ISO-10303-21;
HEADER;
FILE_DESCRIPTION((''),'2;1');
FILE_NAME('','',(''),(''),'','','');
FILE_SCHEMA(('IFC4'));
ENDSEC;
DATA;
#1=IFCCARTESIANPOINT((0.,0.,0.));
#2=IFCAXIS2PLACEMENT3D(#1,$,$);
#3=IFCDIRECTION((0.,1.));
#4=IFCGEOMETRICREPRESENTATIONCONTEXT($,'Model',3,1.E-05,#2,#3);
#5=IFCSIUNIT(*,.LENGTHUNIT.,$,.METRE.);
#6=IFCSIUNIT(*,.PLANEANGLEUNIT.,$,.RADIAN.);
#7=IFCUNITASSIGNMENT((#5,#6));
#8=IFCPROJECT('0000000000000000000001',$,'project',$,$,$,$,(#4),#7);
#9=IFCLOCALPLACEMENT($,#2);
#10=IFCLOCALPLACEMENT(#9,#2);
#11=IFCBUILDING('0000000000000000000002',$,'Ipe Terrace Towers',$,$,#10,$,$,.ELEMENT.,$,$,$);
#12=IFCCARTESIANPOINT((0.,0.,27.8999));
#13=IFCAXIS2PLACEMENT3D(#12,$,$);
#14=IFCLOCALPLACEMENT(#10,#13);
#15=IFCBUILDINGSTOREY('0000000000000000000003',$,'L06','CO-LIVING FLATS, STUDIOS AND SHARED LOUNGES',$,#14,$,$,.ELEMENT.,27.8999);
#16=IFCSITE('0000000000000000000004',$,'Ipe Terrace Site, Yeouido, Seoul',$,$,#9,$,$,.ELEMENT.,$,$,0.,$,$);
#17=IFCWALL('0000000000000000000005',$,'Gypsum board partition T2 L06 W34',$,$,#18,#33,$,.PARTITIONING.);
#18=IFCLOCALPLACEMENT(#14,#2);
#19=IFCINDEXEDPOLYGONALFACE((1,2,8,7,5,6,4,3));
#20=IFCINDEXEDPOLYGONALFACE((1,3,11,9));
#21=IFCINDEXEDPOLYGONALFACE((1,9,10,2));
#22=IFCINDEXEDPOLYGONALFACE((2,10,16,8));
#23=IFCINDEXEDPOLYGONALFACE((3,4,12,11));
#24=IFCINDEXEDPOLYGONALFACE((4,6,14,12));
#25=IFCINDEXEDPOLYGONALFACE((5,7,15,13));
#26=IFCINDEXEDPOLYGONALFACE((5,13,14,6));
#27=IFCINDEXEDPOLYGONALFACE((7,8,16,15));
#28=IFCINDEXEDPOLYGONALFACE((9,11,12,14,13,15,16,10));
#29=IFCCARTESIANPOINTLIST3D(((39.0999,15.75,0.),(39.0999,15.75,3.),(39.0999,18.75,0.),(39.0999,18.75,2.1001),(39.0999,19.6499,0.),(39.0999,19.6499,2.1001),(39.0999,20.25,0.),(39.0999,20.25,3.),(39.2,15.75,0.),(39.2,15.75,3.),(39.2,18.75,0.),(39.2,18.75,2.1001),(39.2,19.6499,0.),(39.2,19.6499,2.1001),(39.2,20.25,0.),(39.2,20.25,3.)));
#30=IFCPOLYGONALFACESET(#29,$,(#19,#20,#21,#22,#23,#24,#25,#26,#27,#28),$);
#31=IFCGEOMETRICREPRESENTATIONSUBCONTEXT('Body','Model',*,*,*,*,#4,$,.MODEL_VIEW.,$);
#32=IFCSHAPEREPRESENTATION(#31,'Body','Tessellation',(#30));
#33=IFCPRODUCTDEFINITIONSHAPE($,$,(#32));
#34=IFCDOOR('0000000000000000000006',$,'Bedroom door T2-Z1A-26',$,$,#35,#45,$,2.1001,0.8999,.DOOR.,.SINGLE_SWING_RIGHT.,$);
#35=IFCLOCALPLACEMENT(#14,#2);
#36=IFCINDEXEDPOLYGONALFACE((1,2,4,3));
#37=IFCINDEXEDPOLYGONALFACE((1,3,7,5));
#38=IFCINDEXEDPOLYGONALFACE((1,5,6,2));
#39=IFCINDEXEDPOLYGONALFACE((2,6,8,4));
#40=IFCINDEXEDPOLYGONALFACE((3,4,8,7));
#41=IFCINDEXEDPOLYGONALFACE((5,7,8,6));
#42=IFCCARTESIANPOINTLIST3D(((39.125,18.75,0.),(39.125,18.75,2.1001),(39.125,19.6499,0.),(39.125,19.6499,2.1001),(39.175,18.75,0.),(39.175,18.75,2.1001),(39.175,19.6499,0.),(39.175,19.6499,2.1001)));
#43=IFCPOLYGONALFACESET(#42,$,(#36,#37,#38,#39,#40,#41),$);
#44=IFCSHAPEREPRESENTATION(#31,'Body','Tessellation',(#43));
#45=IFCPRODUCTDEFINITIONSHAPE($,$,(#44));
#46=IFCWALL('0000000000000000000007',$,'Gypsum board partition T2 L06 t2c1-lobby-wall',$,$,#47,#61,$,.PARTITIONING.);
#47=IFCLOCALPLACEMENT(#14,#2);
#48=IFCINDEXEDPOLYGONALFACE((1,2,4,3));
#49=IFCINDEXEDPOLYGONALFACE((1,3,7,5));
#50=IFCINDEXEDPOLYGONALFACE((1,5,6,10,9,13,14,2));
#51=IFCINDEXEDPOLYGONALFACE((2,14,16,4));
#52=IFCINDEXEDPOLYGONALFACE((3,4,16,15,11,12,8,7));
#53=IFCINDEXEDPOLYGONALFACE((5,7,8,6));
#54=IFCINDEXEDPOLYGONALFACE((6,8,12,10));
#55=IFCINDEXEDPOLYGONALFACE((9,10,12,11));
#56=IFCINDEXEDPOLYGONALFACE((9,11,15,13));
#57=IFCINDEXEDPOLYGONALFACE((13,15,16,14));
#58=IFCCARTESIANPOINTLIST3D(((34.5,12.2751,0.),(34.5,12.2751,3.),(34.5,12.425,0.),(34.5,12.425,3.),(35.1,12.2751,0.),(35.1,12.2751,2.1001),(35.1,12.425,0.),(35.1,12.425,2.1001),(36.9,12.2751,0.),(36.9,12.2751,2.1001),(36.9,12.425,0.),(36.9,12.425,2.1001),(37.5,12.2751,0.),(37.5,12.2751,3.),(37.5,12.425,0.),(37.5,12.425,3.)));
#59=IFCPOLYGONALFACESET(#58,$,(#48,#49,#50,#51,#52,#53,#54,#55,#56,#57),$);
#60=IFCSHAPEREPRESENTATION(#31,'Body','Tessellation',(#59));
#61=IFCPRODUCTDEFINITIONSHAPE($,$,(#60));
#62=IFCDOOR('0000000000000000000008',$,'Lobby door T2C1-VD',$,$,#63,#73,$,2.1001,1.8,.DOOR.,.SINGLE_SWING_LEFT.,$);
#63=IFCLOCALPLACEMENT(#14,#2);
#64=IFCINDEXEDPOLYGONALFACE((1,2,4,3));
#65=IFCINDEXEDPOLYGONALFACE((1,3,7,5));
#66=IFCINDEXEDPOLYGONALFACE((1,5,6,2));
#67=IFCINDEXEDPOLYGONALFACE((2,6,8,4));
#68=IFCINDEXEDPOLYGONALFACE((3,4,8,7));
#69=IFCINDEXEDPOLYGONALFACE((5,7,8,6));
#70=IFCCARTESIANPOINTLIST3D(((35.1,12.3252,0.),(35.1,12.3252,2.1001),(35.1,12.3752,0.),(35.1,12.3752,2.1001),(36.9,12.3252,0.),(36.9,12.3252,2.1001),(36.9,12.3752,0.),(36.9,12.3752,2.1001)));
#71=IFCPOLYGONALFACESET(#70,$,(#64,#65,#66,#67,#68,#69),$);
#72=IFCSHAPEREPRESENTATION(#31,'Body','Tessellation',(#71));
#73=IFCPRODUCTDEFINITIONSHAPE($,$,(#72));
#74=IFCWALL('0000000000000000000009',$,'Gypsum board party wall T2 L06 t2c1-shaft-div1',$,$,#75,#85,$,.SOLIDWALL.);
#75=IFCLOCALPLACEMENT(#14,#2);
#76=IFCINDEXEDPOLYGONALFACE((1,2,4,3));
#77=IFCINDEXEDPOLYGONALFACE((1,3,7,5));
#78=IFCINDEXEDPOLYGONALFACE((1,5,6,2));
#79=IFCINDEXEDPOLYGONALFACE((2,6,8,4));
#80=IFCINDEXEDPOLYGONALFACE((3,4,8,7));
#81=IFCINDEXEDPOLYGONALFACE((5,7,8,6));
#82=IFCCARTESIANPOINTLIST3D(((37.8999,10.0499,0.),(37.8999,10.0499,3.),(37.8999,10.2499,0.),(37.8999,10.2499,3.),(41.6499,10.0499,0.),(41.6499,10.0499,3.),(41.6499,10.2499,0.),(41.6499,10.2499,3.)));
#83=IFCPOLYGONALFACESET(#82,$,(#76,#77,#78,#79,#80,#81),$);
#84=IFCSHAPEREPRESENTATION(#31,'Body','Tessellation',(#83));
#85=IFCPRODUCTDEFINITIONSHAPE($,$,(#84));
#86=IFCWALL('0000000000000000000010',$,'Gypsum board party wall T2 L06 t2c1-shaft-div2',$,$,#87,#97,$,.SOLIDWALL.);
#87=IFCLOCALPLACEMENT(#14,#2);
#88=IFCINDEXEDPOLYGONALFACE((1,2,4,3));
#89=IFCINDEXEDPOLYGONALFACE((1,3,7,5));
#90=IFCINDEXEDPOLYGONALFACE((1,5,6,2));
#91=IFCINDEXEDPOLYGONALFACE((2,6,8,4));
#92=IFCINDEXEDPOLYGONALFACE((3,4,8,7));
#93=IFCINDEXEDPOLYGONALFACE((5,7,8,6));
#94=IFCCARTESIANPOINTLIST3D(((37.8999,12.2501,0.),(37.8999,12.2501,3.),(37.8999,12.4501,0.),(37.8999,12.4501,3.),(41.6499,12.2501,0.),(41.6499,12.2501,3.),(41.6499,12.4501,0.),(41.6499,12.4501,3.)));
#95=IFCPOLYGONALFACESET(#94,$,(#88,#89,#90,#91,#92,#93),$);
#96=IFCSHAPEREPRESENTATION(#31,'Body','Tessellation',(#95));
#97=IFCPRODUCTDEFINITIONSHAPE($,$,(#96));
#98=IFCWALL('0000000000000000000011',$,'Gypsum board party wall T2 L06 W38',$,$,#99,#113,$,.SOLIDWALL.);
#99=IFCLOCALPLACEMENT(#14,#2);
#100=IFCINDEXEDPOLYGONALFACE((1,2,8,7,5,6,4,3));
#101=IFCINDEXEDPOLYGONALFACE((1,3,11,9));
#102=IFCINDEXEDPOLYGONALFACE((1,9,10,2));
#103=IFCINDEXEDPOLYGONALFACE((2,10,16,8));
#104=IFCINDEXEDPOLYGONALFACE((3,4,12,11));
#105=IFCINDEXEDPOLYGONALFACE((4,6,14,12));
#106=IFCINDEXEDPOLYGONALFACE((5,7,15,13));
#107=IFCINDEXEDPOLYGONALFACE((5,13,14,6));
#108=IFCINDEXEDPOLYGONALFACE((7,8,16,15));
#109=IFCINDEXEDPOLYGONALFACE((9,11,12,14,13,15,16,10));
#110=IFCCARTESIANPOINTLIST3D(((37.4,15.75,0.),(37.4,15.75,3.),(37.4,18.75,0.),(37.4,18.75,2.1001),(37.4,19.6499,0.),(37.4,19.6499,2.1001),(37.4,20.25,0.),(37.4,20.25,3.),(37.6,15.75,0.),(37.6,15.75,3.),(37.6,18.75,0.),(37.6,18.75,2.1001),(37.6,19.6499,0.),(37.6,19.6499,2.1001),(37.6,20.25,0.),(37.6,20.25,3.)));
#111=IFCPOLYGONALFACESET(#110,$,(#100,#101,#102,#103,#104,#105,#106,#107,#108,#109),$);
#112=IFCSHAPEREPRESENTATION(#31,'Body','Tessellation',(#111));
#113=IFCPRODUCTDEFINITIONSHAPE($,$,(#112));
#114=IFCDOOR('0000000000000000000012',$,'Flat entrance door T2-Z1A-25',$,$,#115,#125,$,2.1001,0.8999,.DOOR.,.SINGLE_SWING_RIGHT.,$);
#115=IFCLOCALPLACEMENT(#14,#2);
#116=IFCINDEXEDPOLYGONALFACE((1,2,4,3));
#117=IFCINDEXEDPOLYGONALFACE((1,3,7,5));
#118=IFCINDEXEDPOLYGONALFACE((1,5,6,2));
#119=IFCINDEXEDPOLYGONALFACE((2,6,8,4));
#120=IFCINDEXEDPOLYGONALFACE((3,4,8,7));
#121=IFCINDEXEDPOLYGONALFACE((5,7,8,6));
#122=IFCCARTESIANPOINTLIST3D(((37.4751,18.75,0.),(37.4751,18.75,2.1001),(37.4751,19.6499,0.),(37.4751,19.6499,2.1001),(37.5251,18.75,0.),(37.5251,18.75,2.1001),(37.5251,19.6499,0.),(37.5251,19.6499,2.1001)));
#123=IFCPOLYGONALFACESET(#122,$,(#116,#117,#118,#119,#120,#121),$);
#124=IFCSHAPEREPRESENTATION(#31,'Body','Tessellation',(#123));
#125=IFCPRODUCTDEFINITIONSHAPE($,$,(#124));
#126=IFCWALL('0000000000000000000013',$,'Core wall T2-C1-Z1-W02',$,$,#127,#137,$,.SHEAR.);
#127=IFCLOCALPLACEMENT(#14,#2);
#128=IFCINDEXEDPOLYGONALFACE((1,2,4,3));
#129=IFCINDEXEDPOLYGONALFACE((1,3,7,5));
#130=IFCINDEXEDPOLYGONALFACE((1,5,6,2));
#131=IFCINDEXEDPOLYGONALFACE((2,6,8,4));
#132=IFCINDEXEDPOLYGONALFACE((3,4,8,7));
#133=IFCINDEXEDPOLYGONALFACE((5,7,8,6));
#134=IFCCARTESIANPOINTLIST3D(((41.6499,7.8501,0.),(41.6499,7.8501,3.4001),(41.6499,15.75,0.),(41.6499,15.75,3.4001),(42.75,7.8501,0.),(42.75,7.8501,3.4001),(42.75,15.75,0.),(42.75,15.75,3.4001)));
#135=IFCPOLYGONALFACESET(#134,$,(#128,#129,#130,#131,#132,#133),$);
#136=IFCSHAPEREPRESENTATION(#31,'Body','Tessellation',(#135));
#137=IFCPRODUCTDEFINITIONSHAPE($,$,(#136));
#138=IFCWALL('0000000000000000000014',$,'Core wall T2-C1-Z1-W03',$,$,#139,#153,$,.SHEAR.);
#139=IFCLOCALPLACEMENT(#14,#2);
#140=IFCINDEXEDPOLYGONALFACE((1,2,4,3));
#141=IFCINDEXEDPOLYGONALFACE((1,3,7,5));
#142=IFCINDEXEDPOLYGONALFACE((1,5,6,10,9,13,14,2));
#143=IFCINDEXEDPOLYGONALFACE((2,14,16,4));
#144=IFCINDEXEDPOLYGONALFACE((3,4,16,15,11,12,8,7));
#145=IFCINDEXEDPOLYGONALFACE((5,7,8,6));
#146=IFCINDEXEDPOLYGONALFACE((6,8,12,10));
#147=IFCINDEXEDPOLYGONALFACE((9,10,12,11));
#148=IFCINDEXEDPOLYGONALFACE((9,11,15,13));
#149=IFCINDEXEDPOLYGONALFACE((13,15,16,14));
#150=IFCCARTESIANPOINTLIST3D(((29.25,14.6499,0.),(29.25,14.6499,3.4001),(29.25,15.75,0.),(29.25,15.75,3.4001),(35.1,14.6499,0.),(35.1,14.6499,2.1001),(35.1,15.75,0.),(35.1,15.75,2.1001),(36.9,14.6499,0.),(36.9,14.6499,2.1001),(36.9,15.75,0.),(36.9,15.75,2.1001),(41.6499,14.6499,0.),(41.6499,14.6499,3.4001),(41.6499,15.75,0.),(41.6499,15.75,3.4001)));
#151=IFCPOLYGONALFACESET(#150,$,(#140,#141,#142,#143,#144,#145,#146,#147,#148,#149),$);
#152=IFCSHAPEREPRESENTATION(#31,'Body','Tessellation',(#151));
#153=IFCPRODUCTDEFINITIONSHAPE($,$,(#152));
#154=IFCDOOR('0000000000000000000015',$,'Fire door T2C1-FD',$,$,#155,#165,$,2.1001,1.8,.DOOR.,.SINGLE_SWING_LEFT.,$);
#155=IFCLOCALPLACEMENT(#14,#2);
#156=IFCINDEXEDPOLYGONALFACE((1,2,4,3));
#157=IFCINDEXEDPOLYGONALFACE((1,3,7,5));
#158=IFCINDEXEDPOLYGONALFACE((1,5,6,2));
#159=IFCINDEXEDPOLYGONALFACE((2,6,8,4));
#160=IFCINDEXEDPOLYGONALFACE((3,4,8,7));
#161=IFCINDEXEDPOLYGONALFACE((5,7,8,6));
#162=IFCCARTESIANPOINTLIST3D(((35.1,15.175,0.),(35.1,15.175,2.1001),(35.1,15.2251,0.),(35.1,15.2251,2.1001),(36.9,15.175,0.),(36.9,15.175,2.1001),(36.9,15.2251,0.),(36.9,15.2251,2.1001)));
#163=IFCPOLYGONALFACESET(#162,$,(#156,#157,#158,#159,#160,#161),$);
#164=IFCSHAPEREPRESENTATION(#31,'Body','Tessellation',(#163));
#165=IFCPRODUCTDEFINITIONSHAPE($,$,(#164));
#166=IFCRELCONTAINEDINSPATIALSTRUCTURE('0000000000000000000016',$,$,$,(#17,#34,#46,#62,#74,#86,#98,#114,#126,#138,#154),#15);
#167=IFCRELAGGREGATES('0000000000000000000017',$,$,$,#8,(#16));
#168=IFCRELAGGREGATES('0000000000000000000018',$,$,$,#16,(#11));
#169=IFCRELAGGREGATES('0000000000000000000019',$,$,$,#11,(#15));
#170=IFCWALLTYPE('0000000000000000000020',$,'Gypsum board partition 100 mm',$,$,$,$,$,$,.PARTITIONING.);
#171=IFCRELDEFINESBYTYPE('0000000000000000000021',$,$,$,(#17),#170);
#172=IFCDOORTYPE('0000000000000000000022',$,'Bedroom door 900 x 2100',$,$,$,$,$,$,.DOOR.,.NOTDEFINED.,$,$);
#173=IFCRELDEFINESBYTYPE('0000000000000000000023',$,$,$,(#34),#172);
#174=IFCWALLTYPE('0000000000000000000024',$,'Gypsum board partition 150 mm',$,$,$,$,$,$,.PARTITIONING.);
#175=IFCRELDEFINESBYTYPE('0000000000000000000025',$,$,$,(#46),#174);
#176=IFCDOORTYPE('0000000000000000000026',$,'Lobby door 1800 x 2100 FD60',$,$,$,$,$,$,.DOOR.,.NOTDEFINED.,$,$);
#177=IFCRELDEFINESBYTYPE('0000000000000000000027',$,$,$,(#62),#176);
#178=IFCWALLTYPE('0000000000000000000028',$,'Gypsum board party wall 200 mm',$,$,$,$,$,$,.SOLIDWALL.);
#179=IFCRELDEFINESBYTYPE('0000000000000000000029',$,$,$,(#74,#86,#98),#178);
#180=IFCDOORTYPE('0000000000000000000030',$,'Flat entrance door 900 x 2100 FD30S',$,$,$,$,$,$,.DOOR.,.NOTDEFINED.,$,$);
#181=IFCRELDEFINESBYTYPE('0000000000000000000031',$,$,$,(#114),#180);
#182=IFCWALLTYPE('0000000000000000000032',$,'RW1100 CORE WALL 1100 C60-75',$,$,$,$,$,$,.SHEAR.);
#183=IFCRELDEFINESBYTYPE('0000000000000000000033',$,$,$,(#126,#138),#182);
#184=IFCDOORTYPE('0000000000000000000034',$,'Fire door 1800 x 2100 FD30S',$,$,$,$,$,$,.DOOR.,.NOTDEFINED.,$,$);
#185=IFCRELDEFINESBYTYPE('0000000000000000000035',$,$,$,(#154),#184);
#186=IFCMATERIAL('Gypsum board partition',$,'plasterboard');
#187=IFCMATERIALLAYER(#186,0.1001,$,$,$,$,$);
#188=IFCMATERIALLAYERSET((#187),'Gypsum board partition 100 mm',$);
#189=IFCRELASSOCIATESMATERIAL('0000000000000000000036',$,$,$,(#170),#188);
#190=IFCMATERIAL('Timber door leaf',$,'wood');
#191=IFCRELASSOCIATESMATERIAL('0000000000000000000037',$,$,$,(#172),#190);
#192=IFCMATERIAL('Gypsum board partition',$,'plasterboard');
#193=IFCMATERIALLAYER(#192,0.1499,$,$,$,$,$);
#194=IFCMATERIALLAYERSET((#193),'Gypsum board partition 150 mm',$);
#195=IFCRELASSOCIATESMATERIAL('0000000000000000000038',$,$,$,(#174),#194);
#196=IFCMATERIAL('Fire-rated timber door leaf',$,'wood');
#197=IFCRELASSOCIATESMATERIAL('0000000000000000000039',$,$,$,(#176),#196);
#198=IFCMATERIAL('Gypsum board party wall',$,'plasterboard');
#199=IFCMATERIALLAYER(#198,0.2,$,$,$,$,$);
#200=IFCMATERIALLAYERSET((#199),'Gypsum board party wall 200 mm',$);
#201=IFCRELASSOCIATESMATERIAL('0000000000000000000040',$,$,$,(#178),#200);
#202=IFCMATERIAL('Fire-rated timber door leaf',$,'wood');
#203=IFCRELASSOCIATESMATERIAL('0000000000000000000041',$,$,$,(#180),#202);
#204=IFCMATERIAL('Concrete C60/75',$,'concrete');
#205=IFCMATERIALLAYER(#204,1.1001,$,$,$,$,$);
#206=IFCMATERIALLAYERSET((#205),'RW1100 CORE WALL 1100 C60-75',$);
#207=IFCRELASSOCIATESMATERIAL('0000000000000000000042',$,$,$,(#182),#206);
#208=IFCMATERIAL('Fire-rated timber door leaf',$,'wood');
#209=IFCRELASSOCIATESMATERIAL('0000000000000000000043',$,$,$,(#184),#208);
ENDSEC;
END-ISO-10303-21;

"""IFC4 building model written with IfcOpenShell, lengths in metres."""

from ifc_helpers import new_model, si_unit, direction, frame, frame_2d, origin, place, context, subcontext, project, spatial, rectangle, extrude, material, layer, layer_set, type_object, element, fill, save


model = new_model("IFC4")

# Units and contexts
model_context = context("Model", 3, precision=1e-05, world=origin(), true_north=direction((0.0, 1.0)))
body_context = subcontext(model_context, "Body", "Model", "MODEL_VIEW")
ifc_project = project(units=[si_unit("LENGTHUNIT", "METRE"), si_unit("PLANEANGLEUNIT", "RADIAN")], contexts=[model_context])

# Site, building, storey
site_placement = place(None, origin())
site = spatial("IfcSite", under=ifc_project, at=site_placement, Name="Ipe Terrace Site, Yeouido, Seoul", CompositionType="ELEMENT", RefElevation=0.0)
building_placement = place(site_placement, origin())
building = spatial("IfcBuilding", under=site, at=building_placement, Name="Ipe Terrace Towers", CompositionType="ELEMENT")
storey_placement = place(building_placement, frame((0.0, 0.0, 27.8999)))
storey = spatial("IfcBuildingStorey", under=building, at=storey_placement, Name="L06", Description="CO-LIVING FLATS, STUDIOS AND SHARED LOUNGES", CompositionType="ELEMENT", Elevation=27.8999)

# Walls, openings, doors
ifc_material_1 = material(Name="Gypsum board partition", Category="plasterboard")
ifc_layer_1 = layer(ifc_material_1, 0.1001)
ifc_layer_set_1 = layer_set([ifc_layer_1], Name="Gypsum board partition 100 mm")
wall_type_1 = type_object("IfcWallType", Name="Gypsum board partition 100 mm", PredefinedType="PARTITIONING", material=ifc_layer_set_1)
wall_1_placement = place(storey_placement, frame((39.1499, 15.75, 0.0), z_axis=(0.0, 0.0, 1.0), x_axis=(0.0, 1.0, 0.0)))
wall_1 = element("IfcWall", 1, at=wall_1_placement, inside=storey, type_object=wall_type_1, Name="Gypsum board partition T2 L06 W34", PredefinedType="PARTITIONING", context=body_context, shape_type="SweptSolid", body=[
    extrude(rectangle(XDim=4.5, YDim=0.1001, at=frame_2d((2.25, 0.0))), origin(), (0.0, 0.0, 1.0), 3.0),
])
opening_1_placement = place(wall_1_placement, frame((3.0, 0.0, 0.0)))
opening_1 = element("IfcOpeningElement", 2, at=opening_1_placement, cuts=wall_1, PredefinedType="OPENING", context=body_context, shape_type="SweptSolid", body=[
    extrude(rectangle(XDim=0.8999, YDim=2.1001, at=frame_2d((0.45, 1.05))), frame((0.0, 0.0601, 0.0), z_axis=(0.0, -1.0, 0.0), x_axis=(1.0, 0.0, 0.0)), (0.0, 0.0, 1.0), 0.1201),
])
ifc_material_2 = material(Name="Timber door leaf", Category="wood")
door_type_1 = type_object("IfcDoorType", Name="Bedroom door 900 x 2100", OperationType="NOTDEFINED", PredefinedType="DOOR", material=ifc_material_2)
door_1_placement = place(opening_1_placement, origin())
door_1 = element("IfcDoor", 3, at=door_1_placement, inside=storey, type_object=door_type_1, Name="Bedroom door T2-Z1A-26", OperationType="SINGLE_SWING_RIGHT", OverallHeight=2.1001, OverallWidth=0.8999, PredefinedType="DOOR", context=body_context, shape_type="SweptSolid", body=[
    extrude(rectangle(XDim=0.8999, YDim=2.1001, at=frame_2d((0.45, 1.05))), frame((0.0, 0.0249, 0.0), z_axis=(0.0, -1.0, 0.0), x_axis=(1.0, 0.0, 0.0)), (0.0, 0.0, 1.0), 0.05),
])
fill(opening_1, door_1)
ifc_material_3 = material(Name="Gypsum board partition", Category="plasterboard")
ifc_layer_2 = layer(ifc_material_3, 0.1499)
ifc_layer_set_2 = layer_set([ifc_layer_2], Name="Gypsum board partition 150 mm")
wall_type_2 = type_object("IfcWallType", Name="Gypsum board partition 150 mm", PredefinedType="PARTITIONING", material=ifc_layer_set_2)
wall_2_placement = place(storey_placement, frame((37.5, 12.3501, 0.0), z_axis=(0.0, 0.0, 1.0), x_axis=(-1.0, 0.0, 0.0)))
wall_2 = element("IfcWall", 4, at=wall_2_placement, inside=storey, type_object=wall_type_2, Name="Gypsum board partition T2 L06 t2c1-lobby-wall", PredefinedType="PARTITIONING", context=body_context, shape_type="SweptSolid", body=[
    extrude(rectangle(XDim=3.0, YDim=0.1499, at=frame_2d((1.5, 0.0))), origin(), (0.0, 0.0, 1.0), 3.0),
])
opening_2_placement = place(wall_2_placement, frame((0.6001, 0.0, 0.0)))
opening_2 = element("IfcOpeningElement", 5, at=opening_2_placement, cuts=wall_2, PredefinedType="OPENING", context=body_context, shape_type="SweptSolid", body=[
    extrude(rectangle(XDim=1.8, YDim=2.1001, at=frame_2d((0.8999, 1.05))), frame((0.0, 0.085, 0.0), z_axis=(0.0, -1.0, 0.0), x_axis=(1.0, 0.0, 0.0)), (0.0, 0.0, 1.0), 0.1699),
])
ifc_material_4 = material(Name="Fire-rated timber door leaf", Category="wood")
door_type_2 = type_object("IfcDoorType", Name="Lobby door 1800 x 2100 FD60", OperationType="NOTDEFINED", PredefinedType="DOOR", material=ifc_material_4)
door_2_placement = place(opening_2_placement, origin())
door_2 = element("IfcDoor", 6, at=door_2_placement, inside=storey, type_object=door_type_2, Name="Lobby door T2C1-VD", OperationType="SINGLE_SWING_LEFT", OverallHeight=2.1001, OverallWidth=1.8, PredefinedType="DOOR", context=body_context, shape_type="SweptSolid", body=[
    extrude(rectangle(XDim=1.8, YDim=2.1001, at=frame_2d((0.8999, 1.05))), frame((0.0, 0.0249, 0.0), z_axis=(0.0, -1.0, 0.0), x_axis=(1.0, 0.0, 0.0)), (0.0, 0.0, 1.0), 0.05),
])
fill(opening_2, door_2)

# Walls
ifc_material_5 = material(Name="Gypsum board party wall", Category="plasterboard")
ifc_layer_3 = layer(ifc_material_5, 0.2)
ifc_layer_set_3 = layer_set([ifc_layer_3], Name="Gypsum board party wall 200 mm")
wall_type_3 = type_object("IfcWallType", Name="Gypsum board party wall 200 mm", PredefinedType="SOLIDWALL", material=ifc_layer_set_3)
for number, where, z_axis, x_axis, name in (
    (7, (41.6499, 10.1499, 0.0), (0.0, 0.0, 1.0), (-1.0, 0.0, 0.0), "Gypsum board party wall T2 L06 t2c1-shaft-div1"),
    (8, (41.6499, 12.3501, 0.0), (0.0, 0.0, 1.0), (-1.0, 0.0, 0.0), "Gypsum board party wall T2 L06 t2c1-shaft-div2"),
):
    element("IfcWall", number, at=place(storey_placement, frame(where, z_axis=z_axis, x_axis=x_axis)), inside=storey, type_object=wall_type_3, Name=name, PredefinedType="SOLIDWALL", context=body_context, shape_type="SweptSolid", body=[
        extrude(rectangle(XDim=3.75, YDim=0.2, at=frame_2d((1.875, 0.0))), origin(), (0.0, 0.0, 1.0), 3.0),
    ])

# Wall, opening, door
wall_3_placement = place(storey_placement, frame((37.5, 15.75, 0.0), z_axis=(0.0, 0.0, 1.0), x_axis=(0.0, 1.0, 0.0)))
wall_3 = element("IfcWall", 9, at=wall_3_placement, inside=storey, type_object=wall_type_3, Name="Gypsum board party wall T2 L06 W38", PredefinedType="SOLIDWALL", context=body_context, shape_type="SweptSolid", body=[
    extrude(rectangle(XDim=4.5, YDim=0.2, at=frame_2d((2.25, 0.0))), origin(), (0.0, 0.0, 1.0), 3.0),
])
opening_3_placement = place(wall_3_placement, frame((3.0, 0.0, 0.0)))
opening_3 = element("IfcOpeningElement", 10, at=opening_3_placement, cuts=wall_3, PredefinedType="OPENING", context=body_context, shape_type="SweptSolid", body=[
    extrude(rectangle(XDim=0.8999, YDim=2.1001, at=frame_2d((0.45, 1.05))), frame((0.0, 0.1099, 0.0), z_axis=(0.0, -1.0, 0.0), x_axis=(1.0, 0.0, 0.0)), (0.0, 0.0, 1.0), 0.22),
])
ifc_material_6 = material(Name="Fire-rated timber door leaf", Category="wood")
door_type_3 = type_object("IfcDoorType", Name="Flat entrance door 900 x 2100 FD30S", OperationType="NOTDEFINED", PredefinedType="DOOR", material=ifc_material_6)
door_3_placement = place(opening_3_placement, origin())
door_3 = element("IfcDoor", 11, at=door_3_placement, inside=storey, type_object=door_type_3, Name="Flat entrance door T2-Z1A-25", OperationType="SINGLE_SWING_RIGHT", OverallHeight=2.1001, OverallWidth=0.8999, PredefinedType="DOOR", context=body_context, shape_type="SweptSolid", body=[
    extrude(rectangle(XDim=0.8999, YDim=2.1001, at=frame_2d((0.45, 1.05))), frame((0.0, 0.0249, 0.0), z_axis=(0.0, -1.0, 0.0), x_axis=(1.0, 0.0, 0.0)), (0.0, 0.0, 1.0), 0.05),
])
fill(opening_3, door_3)

# Wall
ifc_material_7 = material(Name="Concrete C60/75", Category="concrete")
ifc_layer_4 = layer(ifc_material_7, 1.1001)
ifc_layer_set_4 = layer_set([ifc_layer_4], Name="RW1100 CORE WALL 1100 C60-75")
wall_type_4 = type_object("IfcWallType", Name="RW1100 CORE WALL 1100 C60-75", PredefinedType="SHEAR", material=ifc_layer_set_4)
wall_4_placement = place(storey_placement, frame((42.2, 7.8501, 0.0), z_axis=(0.0, 0.0, 1.0), x_axis=(0.0, 1.0, 0.0)))
element("IfcWall", 12, at=wall_4_placement, inside=storey, type_object=wall_type_4, Name="Core wall T2-C1-Z1-W02", PredefinedType="SHEAR", context=body_context, shape_type="SweptSolid", body=[
    extrude(rectangle(XDim=7.8999, YDim=1.1001, at=frame_2d((3.95, 0.0))), origin(), (0.0, 0.0, 1.0), 3.4001),
])

# Wall, opening, door
wall_5_placement = place(storey_placement, frame((41.6499, 15.2, 0.0), z_axis=(0.0, 0.0, 1.0), x_axis=(-1.0, 0.0, 0.0)))
wall_5 = element("IfcWall", 13, at=wall_5_placement, inside=storey, type_object=wall_type_4, Name="Core wall T2-C1-Z1-W03", PredefinedType="SHEAR", context=body_context, shape_type="SweptSolid", body=[
    extrude(rectangle(XDim=12.3999, YDim=1.1001, at=frame_2d((6.2, 0.0))), origin(), (0.0, 0.0, 1.0), 3.4001),
])
opening_4_placement = place(wall_5_placement, frame((4.75, 0.0, 0.0)))
opening_4 = element("IfcOpeningElement", 14, at=opening_4_placement, cuts=wall_5, PredefinedType="OPENING", context=body_context, shape_type="SweptSolid", body=[
    extrude(rectangle(XDim=1.8, YDim=2.1001, at=frame_2d((0.8999, 1.05))), frame((0.0, 0.5601, 0.0), z_axis=(0.0, -1.0, 0.0), x_axis=(1.0, 0.0, 0.0)), (0.0, 0.0, 1.0), 1.1201),
])
ifc_material_8 = material(Name="Fire-rated timber door leaf", Category="wood")
door_type_4 = type_object("IfcDoorType", Name="Fire door 1800 x 2100 FD30S", OperationType="NOTDEFINED", PredefinedType="DOOR", material=ifc_material_8)
door_4_placement = place(opening_4_placement, origin())
door_4 = element("IfcDoor", 15, at=door_4_placement, inside=storey, type_object=door_type_4, Name="Fire door T2C1-FD", OperationType="SINGLE_SWING_LEFT", OverallHeight=2.1001, OverallWidth=1.8, PredefinedType="DOOR", context=body_context, shape_type="SweptSolid", body=[
    extrude(rectangle(XDim=1.8, YDim=2.1001, at=frame_2d((0.8999, 1.05))), frame((0.0, 0.0249, 0.0), z_axis=(0.0, -1.0, 0.0), x_axis=(1.0, 0.0, 0.0)), (0.0, 0.0, 1.0), 0.05),
])
fill(opening_4, door_4)

save(model, "model.ifc")
